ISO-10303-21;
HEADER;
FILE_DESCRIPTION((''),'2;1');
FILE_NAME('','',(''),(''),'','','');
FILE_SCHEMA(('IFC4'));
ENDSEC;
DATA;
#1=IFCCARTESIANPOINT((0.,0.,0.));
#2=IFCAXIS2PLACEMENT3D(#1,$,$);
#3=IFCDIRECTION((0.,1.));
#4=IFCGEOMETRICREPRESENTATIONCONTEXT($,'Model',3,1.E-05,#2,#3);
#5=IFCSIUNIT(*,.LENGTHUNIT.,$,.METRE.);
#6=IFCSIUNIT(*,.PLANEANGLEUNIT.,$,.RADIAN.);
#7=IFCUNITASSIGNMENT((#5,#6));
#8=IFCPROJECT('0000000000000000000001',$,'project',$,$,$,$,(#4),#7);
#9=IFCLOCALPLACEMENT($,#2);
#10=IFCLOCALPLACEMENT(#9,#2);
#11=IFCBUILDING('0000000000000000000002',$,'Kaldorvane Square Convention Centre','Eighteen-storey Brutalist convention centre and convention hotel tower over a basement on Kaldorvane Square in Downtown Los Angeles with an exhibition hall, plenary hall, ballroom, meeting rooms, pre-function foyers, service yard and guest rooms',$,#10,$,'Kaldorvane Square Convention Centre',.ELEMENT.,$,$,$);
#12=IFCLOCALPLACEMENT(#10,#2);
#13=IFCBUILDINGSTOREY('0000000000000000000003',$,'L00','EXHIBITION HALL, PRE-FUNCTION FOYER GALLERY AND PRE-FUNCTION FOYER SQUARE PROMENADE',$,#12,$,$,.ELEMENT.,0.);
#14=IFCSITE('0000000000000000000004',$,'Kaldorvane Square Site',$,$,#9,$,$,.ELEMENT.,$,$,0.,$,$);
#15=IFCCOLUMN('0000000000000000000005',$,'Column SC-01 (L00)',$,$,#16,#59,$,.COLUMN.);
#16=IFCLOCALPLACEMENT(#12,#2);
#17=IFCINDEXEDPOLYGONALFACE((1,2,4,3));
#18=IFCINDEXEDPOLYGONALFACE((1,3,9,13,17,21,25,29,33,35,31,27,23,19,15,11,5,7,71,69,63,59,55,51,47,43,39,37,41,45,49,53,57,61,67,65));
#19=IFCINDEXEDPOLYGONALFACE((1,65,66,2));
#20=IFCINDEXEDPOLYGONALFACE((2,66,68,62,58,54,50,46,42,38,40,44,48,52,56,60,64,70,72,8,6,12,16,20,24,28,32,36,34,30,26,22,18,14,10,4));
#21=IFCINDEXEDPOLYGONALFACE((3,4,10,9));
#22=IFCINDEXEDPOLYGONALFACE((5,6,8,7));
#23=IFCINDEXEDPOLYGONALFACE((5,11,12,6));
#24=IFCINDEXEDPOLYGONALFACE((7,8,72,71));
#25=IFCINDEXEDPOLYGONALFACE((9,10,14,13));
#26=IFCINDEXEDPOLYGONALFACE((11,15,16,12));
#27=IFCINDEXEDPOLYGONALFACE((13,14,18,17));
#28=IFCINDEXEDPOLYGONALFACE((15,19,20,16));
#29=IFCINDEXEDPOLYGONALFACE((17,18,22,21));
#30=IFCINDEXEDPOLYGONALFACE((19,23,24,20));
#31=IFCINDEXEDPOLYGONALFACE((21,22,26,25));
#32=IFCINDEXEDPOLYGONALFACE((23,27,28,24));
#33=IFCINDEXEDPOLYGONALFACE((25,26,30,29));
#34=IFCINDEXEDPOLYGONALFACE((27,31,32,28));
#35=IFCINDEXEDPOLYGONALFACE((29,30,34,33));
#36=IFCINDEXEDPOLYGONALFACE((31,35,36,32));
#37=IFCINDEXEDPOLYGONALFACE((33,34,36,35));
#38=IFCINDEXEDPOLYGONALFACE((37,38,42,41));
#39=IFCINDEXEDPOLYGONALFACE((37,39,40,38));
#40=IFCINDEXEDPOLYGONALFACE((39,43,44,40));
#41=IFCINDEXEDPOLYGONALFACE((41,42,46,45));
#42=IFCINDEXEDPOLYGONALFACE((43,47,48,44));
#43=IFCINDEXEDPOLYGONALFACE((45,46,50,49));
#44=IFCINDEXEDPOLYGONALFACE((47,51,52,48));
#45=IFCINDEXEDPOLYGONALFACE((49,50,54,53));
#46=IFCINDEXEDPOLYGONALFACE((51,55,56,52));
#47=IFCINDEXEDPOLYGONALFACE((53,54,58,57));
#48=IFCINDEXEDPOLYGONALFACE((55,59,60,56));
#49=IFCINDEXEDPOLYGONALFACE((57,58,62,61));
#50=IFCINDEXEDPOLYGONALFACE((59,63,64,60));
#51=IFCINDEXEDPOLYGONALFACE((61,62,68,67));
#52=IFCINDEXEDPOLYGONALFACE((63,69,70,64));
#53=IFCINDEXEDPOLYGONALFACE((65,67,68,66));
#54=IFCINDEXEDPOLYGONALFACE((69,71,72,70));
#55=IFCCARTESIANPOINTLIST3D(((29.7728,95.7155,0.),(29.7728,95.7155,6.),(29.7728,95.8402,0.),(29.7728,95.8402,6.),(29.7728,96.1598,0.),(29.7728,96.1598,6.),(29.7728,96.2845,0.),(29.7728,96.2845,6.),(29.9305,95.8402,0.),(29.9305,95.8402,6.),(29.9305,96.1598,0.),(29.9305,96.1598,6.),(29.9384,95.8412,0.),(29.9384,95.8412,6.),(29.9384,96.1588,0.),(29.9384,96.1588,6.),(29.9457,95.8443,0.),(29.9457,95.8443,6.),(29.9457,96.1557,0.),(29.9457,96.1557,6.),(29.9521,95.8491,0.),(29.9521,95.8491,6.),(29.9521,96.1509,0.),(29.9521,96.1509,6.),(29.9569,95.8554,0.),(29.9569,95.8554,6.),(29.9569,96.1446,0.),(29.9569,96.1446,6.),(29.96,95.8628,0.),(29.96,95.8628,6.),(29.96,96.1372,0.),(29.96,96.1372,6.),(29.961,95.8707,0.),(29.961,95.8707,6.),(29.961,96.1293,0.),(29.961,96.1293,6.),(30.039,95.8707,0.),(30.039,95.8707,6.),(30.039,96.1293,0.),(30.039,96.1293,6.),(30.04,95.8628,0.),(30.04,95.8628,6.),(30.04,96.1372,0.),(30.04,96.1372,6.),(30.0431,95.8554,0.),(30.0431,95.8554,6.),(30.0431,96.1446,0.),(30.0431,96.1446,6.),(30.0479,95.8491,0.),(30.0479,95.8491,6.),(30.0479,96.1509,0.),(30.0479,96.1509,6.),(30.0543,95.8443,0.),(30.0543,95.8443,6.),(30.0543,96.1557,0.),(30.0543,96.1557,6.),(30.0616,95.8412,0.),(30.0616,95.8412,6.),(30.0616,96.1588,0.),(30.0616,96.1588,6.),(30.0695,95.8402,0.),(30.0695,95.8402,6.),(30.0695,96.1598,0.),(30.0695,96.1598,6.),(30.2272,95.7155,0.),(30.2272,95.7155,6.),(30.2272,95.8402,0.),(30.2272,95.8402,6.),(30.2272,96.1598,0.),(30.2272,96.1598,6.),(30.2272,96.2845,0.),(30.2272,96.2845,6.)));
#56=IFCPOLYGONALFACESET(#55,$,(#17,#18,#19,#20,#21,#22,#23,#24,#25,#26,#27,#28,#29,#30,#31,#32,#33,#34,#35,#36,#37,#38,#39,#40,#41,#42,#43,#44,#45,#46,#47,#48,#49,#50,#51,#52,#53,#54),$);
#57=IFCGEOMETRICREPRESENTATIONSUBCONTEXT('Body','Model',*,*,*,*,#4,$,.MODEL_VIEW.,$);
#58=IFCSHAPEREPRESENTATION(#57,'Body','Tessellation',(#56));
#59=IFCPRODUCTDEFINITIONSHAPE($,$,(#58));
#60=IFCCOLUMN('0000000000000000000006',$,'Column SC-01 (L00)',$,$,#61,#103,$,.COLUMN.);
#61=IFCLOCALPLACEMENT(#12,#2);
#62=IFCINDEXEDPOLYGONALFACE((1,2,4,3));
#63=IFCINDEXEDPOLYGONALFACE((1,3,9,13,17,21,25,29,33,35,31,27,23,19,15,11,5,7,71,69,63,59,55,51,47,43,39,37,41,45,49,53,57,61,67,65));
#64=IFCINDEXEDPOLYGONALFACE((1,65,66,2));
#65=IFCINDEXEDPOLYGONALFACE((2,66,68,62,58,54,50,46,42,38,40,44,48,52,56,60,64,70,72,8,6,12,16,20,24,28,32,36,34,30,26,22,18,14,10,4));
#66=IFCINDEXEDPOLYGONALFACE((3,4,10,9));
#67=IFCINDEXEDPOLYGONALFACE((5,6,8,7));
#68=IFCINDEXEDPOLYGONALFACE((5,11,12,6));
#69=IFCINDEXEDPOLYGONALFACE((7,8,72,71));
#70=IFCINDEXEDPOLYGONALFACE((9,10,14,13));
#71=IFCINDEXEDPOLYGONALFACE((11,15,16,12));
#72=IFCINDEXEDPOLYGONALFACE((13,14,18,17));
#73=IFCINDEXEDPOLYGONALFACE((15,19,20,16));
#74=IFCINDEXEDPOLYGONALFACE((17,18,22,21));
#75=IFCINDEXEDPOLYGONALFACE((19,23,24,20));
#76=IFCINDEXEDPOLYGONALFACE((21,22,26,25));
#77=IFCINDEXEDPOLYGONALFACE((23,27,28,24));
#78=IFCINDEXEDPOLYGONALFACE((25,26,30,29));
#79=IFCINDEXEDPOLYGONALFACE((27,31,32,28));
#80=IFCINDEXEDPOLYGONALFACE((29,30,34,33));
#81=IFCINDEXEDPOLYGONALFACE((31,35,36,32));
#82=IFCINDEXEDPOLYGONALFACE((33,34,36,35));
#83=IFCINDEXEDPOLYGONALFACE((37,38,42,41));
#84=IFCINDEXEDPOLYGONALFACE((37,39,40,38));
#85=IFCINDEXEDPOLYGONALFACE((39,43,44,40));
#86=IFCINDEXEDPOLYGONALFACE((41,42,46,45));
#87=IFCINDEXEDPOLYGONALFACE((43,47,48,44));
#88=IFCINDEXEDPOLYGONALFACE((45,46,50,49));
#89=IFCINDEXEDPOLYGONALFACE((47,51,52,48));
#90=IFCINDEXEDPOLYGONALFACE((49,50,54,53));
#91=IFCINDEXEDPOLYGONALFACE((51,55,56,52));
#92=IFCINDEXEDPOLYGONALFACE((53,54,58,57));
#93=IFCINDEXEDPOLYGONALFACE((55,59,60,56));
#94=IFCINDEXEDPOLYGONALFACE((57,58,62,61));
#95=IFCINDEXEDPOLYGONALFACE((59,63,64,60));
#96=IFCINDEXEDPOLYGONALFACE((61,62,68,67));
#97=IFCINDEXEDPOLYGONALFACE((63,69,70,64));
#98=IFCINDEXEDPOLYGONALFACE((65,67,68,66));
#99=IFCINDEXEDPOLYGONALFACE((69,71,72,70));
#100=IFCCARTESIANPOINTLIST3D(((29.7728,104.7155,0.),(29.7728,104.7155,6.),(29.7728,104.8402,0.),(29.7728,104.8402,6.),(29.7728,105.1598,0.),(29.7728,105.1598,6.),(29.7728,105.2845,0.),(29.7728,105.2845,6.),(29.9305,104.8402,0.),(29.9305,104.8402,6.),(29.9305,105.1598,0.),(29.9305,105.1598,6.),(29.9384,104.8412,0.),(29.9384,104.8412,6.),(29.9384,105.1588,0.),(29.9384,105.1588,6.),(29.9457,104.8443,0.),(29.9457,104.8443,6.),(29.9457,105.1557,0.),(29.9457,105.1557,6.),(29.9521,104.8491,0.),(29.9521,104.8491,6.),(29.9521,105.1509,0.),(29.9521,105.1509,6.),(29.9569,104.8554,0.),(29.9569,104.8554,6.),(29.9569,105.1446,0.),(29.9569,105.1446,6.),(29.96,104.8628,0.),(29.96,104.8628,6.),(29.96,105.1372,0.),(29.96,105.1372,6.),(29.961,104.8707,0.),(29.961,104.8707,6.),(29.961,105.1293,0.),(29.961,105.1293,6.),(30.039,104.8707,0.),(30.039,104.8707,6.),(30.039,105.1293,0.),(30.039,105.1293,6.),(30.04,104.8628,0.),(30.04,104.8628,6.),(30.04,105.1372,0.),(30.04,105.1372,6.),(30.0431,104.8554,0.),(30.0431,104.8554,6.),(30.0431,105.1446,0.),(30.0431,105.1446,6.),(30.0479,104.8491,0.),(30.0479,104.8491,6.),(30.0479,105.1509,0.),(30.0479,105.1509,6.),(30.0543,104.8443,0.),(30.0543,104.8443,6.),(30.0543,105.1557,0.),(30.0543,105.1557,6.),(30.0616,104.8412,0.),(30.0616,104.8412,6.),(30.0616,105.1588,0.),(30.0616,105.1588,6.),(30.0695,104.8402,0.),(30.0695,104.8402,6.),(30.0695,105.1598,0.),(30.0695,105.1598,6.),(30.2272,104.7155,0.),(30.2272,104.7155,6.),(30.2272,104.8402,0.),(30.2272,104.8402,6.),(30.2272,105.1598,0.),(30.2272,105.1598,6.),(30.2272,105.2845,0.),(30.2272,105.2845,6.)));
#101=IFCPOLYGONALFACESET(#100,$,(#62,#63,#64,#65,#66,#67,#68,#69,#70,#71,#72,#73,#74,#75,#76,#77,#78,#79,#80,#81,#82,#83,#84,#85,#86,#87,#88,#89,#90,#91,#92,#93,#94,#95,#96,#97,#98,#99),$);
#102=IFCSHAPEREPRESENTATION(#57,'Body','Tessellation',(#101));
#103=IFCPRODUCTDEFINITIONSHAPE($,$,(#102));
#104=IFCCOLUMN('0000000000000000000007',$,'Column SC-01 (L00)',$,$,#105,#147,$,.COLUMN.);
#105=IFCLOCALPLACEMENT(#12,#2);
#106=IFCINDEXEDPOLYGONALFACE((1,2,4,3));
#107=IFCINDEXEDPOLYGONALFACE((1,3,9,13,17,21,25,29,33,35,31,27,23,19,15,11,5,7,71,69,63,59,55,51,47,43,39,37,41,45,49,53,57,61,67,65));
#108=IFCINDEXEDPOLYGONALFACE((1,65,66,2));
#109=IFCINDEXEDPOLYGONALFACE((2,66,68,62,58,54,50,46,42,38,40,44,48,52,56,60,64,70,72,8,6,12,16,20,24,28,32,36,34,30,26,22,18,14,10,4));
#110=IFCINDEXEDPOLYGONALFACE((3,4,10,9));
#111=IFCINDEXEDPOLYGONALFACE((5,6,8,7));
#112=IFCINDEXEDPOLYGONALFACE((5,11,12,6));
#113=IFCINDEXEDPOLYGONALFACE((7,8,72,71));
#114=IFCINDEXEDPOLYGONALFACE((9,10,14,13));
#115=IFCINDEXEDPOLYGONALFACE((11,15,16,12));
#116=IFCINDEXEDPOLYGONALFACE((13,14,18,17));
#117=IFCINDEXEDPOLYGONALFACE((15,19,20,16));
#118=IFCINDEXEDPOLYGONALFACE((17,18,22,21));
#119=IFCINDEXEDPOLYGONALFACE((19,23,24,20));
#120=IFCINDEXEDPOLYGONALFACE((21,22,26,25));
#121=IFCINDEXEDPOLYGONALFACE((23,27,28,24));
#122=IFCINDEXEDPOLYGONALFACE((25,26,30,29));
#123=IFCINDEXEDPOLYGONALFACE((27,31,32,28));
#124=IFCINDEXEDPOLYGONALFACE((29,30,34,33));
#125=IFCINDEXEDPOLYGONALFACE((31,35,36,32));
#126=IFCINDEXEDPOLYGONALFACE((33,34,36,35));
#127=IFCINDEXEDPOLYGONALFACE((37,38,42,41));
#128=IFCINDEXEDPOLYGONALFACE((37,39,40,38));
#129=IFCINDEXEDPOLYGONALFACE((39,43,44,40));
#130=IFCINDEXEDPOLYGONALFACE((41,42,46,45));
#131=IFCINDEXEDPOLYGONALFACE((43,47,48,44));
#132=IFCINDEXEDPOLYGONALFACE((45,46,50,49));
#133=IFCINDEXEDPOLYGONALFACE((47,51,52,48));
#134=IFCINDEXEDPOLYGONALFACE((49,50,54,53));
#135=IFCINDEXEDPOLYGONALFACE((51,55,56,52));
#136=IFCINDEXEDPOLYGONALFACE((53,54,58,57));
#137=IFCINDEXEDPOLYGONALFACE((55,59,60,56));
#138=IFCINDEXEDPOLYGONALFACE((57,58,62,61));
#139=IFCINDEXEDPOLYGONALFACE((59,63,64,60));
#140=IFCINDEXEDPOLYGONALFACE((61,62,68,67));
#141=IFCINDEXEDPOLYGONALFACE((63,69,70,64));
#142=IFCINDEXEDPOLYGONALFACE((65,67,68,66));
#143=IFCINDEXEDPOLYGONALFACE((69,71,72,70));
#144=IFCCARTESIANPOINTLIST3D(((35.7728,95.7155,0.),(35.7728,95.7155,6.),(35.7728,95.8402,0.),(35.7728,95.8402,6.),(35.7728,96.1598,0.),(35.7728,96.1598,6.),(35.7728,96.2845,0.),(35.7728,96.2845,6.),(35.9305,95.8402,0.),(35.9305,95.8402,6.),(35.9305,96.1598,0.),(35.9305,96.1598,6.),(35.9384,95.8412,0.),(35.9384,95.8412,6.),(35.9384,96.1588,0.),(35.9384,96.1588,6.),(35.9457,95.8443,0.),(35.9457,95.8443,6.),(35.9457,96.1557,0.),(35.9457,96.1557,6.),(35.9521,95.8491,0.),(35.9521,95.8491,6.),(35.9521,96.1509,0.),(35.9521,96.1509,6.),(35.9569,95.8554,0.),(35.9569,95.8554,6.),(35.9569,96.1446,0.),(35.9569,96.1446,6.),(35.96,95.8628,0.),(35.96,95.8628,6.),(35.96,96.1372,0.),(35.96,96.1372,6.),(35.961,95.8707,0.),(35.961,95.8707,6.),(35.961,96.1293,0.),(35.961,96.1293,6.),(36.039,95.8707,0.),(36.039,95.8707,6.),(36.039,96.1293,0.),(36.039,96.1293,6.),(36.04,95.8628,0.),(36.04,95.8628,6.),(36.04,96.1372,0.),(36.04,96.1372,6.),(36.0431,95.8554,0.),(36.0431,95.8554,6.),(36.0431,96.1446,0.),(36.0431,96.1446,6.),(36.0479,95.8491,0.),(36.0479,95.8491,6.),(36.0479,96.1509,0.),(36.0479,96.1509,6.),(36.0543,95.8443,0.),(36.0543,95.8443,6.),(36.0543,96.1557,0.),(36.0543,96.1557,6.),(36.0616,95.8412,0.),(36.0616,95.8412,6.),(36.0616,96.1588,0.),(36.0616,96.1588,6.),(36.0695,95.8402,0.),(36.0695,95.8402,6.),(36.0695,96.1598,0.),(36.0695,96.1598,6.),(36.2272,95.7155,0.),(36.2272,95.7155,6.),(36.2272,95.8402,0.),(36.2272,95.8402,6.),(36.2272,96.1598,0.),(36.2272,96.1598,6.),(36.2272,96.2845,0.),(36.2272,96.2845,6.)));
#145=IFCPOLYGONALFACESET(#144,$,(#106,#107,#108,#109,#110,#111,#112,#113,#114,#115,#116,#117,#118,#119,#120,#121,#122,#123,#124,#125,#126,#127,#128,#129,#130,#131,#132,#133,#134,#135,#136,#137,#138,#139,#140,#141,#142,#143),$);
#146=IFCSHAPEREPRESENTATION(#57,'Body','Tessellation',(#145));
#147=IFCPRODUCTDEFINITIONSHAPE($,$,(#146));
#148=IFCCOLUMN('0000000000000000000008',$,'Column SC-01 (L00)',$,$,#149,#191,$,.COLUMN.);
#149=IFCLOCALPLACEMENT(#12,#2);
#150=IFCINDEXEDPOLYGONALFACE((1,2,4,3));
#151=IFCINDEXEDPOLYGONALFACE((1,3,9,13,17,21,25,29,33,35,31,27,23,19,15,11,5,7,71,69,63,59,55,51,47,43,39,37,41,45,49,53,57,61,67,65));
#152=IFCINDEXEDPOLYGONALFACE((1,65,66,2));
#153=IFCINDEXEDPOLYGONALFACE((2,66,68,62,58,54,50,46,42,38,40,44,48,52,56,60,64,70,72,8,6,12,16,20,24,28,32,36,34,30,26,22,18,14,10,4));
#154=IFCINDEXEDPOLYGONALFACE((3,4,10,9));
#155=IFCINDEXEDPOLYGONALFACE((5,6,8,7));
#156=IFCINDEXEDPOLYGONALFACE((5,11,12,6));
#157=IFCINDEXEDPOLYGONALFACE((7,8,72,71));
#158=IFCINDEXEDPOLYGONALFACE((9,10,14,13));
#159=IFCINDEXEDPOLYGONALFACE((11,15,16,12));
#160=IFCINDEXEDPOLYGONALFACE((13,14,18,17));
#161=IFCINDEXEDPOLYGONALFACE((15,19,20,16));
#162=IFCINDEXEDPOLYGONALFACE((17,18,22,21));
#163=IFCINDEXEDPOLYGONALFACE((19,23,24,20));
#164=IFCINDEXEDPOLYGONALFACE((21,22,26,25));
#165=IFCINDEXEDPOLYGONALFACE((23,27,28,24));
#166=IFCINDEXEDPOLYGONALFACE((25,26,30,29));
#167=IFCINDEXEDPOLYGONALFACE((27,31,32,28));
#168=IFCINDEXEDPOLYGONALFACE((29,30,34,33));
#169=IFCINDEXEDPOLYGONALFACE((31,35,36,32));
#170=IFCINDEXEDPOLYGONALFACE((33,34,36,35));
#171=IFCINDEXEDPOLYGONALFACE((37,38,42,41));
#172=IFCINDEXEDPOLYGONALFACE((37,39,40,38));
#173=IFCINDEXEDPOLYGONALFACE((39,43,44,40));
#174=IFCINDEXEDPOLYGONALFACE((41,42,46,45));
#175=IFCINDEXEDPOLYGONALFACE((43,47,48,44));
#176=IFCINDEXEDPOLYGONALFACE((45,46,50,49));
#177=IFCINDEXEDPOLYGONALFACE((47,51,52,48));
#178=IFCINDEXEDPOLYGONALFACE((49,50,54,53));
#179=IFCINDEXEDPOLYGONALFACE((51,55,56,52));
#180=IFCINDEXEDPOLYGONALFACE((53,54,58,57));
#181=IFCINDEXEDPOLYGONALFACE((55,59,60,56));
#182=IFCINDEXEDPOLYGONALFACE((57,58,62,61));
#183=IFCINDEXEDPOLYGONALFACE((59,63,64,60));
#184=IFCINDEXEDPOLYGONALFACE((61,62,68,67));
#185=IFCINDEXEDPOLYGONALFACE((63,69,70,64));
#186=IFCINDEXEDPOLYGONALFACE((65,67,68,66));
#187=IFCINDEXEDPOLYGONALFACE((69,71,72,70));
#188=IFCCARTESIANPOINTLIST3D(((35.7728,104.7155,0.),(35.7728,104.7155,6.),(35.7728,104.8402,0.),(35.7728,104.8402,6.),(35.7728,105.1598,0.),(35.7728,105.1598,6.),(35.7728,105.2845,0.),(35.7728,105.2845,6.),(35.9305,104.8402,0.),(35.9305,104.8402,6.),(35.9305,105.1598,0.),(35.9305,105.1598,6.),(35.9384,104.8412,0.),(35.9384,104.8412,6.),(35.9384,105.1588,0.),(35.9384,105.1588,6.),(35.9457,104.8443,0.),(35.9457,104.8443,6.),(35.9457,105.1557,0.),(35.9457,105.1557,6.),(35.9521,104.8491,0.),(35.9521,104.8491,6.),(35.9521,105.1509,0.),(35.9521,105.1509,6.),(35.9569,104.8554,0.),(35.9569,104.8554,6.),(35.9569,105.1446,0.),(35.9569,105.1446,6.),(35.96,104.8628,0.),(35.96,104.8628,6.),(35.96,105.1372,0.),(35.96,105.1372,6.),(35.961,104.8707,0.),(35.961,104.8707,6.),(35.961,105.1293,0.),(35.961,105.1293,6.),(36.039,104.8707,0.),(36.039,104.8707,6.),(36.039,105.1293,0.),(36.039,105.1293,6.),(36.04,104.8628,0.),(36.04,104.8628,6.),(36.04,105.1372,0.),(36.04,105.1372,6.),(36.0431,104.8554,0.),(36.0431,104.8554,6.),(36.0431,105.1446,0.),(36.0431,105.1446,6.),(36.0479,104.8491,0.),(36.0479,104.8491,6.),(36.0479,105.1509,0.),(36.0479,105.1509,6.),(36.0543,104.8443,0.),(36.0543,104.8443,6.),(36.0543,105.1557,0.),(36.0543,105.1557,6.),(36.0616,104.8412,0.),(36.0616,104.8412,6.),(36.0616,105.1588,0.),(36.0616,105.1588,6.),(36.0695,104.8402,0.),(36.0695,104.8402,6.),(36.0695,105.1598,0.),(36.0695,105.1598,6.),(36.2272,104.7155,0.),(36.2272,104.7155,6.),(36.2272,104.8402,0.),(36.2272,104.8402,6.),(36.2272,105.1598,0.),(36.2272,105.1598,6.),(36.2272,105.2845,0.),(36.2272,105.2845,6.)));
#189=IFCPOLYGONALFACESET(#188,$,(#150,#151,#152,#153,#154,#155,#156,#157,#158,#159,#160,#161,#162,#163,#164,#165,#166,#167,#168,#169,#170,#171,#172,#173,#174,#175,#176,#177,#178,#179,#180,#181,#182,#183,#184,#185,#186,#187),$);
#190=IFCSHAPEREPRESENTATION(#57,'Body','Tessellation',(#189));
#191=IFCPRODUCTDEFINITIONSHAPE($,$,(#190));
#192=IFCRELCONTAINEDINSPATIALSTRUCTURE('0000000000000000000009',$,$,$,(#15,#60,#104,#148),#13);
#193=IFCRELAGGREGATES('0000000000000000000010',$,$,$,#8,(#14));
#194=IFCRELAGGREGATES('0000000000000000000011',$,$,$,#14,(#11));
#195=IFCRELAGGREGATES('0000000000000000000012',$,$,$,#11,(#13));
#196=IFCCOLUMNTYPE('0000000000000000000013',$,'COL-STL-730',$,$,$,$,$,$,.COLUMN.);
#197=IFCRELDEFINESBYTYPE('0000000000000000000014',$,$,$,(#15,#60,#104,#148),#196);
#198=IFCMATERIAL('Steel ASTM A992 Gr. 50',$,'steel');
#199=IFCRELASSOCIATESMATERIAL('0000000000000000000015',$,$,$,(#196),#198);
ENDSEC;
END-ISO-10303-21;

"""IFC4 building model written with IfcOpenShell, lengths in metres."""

from ifc_helpers import new_model, si_unit, direction, frame, origin, origin_2d, place, context, subcontext, project, spatial, i_section, extrude, material, material_profile, profile_set, type_object, element, save


model = new_model("IFC4")

# Units and contexts
model_context = context("Model", 3, precision=1e-05, world=origin(), true_north=direction((0.0, 1.0)))
body_context = subcontext(model_context, "Body", "Model", "MODEL_VIEW")
ifc_project = project(units=[si_unit("LENGTHUNIT", "METRE"), si_unit("PLANEANGLEUNIT", "RADIAN")], contexts=[model_context])

# Site, building, storey
site_placement = place(None, origin())
site = spatial("IfcSite", under=ifc_project, at=site_placement, Name="Kaldorvane Square Site", CompositionType="ELEMENT", RefElevation=0.0)
building_placement = place(site_placement, origin())
building = spatial("IfcBuilding", under=site, at=building_placement, Name="Kaldorvane Square Convention Centre", Description="Eighteen-storey Brutalist convention centre and convention hotel tower over a basement on Kaldorvane Square in Downtown Los Angeles with an exhibition hall, plenary hall, ballroom, meeting rooms, pre-function foyers, service yard and guest rooms", LongName="Kaldorvane Square Convention Centre", CompositionType="ELEMENT")
storey_placement = place(building_placement, origin())
storey = spatial("IfcBuildingStorey", under=building, at=storey_placement, Name="L00", Description="EXHIBITION HALL, PRE-FUNCTION FOYER GALLERY AND PRE-FUNCTION FOYER SQUARE PROMENADE", CompositionType="ELEMENT", Elevation=0.0)

# Columns
ifc_material_1 = material(Name="Steel ASTM A992 Gr. 50", Category="steel")
ifc_material_profile_1 = material_profile(ifc_material_1, i_section(OverallWidth=0.4544, OverallDepth=0.569, WebThickness=0.078, FlangeThickness=0.1247, FilletRadius=0.0305, at=origin_2d()), Name="W14X730")
ifc_profile_set_1 = profile_set([ifc_material_profile_1], Name="Steel ASTM A992 Gr. 50")
column_type = type_object("IfcColumnType", Name="COL-STL-730", PredefinedType="COLUMN", material=ifc_profile_set_1)
for number, where, z_axis, x_axis, name in (
    (1, (30.0, 96.0, 0.0), (0.0, 0.0, 1.0), (1.0, 0.0, 0.0), "Column SC-01 (L00)"),
    (2, (30.0, 105.0, 0.0), (0.0, 0.0, 1.0), (1.0, 0.0, 0.0), "Column SC-01 (L00)"),
    (3, (36.0, 96.0, 0.0), (0.0, 0.0, 1.0), (1.0, 0.0, 0.0), "Column SC-01 (L00)"),
    (4, (36.0, 105.0, 0.0), (0.0, 0.0, 1.0), (1.0, 0.0, 0.0), "Column SC-01 (L00)"),
):
    element("IfcColumn", number, at=place(storey_placement, frame(where, z_axis=z_axis, x_axis=x_axis)), inside=storey, type_object=column_type, Name=name, PredefinedType="COLUMN", context=body_context, shape_type="SweptSolid", body=[
        extrude(i_section(OverallWidth=0.4544, OverallDepth=0.569, WebThickness=0.078, FlangeThickness=0.1247, FilletRadius=0.0305, at=origin_2d()), origin(), (0.0, 0.0, 1.0), 6.0),
    ])

save(model, "model.ifc")
